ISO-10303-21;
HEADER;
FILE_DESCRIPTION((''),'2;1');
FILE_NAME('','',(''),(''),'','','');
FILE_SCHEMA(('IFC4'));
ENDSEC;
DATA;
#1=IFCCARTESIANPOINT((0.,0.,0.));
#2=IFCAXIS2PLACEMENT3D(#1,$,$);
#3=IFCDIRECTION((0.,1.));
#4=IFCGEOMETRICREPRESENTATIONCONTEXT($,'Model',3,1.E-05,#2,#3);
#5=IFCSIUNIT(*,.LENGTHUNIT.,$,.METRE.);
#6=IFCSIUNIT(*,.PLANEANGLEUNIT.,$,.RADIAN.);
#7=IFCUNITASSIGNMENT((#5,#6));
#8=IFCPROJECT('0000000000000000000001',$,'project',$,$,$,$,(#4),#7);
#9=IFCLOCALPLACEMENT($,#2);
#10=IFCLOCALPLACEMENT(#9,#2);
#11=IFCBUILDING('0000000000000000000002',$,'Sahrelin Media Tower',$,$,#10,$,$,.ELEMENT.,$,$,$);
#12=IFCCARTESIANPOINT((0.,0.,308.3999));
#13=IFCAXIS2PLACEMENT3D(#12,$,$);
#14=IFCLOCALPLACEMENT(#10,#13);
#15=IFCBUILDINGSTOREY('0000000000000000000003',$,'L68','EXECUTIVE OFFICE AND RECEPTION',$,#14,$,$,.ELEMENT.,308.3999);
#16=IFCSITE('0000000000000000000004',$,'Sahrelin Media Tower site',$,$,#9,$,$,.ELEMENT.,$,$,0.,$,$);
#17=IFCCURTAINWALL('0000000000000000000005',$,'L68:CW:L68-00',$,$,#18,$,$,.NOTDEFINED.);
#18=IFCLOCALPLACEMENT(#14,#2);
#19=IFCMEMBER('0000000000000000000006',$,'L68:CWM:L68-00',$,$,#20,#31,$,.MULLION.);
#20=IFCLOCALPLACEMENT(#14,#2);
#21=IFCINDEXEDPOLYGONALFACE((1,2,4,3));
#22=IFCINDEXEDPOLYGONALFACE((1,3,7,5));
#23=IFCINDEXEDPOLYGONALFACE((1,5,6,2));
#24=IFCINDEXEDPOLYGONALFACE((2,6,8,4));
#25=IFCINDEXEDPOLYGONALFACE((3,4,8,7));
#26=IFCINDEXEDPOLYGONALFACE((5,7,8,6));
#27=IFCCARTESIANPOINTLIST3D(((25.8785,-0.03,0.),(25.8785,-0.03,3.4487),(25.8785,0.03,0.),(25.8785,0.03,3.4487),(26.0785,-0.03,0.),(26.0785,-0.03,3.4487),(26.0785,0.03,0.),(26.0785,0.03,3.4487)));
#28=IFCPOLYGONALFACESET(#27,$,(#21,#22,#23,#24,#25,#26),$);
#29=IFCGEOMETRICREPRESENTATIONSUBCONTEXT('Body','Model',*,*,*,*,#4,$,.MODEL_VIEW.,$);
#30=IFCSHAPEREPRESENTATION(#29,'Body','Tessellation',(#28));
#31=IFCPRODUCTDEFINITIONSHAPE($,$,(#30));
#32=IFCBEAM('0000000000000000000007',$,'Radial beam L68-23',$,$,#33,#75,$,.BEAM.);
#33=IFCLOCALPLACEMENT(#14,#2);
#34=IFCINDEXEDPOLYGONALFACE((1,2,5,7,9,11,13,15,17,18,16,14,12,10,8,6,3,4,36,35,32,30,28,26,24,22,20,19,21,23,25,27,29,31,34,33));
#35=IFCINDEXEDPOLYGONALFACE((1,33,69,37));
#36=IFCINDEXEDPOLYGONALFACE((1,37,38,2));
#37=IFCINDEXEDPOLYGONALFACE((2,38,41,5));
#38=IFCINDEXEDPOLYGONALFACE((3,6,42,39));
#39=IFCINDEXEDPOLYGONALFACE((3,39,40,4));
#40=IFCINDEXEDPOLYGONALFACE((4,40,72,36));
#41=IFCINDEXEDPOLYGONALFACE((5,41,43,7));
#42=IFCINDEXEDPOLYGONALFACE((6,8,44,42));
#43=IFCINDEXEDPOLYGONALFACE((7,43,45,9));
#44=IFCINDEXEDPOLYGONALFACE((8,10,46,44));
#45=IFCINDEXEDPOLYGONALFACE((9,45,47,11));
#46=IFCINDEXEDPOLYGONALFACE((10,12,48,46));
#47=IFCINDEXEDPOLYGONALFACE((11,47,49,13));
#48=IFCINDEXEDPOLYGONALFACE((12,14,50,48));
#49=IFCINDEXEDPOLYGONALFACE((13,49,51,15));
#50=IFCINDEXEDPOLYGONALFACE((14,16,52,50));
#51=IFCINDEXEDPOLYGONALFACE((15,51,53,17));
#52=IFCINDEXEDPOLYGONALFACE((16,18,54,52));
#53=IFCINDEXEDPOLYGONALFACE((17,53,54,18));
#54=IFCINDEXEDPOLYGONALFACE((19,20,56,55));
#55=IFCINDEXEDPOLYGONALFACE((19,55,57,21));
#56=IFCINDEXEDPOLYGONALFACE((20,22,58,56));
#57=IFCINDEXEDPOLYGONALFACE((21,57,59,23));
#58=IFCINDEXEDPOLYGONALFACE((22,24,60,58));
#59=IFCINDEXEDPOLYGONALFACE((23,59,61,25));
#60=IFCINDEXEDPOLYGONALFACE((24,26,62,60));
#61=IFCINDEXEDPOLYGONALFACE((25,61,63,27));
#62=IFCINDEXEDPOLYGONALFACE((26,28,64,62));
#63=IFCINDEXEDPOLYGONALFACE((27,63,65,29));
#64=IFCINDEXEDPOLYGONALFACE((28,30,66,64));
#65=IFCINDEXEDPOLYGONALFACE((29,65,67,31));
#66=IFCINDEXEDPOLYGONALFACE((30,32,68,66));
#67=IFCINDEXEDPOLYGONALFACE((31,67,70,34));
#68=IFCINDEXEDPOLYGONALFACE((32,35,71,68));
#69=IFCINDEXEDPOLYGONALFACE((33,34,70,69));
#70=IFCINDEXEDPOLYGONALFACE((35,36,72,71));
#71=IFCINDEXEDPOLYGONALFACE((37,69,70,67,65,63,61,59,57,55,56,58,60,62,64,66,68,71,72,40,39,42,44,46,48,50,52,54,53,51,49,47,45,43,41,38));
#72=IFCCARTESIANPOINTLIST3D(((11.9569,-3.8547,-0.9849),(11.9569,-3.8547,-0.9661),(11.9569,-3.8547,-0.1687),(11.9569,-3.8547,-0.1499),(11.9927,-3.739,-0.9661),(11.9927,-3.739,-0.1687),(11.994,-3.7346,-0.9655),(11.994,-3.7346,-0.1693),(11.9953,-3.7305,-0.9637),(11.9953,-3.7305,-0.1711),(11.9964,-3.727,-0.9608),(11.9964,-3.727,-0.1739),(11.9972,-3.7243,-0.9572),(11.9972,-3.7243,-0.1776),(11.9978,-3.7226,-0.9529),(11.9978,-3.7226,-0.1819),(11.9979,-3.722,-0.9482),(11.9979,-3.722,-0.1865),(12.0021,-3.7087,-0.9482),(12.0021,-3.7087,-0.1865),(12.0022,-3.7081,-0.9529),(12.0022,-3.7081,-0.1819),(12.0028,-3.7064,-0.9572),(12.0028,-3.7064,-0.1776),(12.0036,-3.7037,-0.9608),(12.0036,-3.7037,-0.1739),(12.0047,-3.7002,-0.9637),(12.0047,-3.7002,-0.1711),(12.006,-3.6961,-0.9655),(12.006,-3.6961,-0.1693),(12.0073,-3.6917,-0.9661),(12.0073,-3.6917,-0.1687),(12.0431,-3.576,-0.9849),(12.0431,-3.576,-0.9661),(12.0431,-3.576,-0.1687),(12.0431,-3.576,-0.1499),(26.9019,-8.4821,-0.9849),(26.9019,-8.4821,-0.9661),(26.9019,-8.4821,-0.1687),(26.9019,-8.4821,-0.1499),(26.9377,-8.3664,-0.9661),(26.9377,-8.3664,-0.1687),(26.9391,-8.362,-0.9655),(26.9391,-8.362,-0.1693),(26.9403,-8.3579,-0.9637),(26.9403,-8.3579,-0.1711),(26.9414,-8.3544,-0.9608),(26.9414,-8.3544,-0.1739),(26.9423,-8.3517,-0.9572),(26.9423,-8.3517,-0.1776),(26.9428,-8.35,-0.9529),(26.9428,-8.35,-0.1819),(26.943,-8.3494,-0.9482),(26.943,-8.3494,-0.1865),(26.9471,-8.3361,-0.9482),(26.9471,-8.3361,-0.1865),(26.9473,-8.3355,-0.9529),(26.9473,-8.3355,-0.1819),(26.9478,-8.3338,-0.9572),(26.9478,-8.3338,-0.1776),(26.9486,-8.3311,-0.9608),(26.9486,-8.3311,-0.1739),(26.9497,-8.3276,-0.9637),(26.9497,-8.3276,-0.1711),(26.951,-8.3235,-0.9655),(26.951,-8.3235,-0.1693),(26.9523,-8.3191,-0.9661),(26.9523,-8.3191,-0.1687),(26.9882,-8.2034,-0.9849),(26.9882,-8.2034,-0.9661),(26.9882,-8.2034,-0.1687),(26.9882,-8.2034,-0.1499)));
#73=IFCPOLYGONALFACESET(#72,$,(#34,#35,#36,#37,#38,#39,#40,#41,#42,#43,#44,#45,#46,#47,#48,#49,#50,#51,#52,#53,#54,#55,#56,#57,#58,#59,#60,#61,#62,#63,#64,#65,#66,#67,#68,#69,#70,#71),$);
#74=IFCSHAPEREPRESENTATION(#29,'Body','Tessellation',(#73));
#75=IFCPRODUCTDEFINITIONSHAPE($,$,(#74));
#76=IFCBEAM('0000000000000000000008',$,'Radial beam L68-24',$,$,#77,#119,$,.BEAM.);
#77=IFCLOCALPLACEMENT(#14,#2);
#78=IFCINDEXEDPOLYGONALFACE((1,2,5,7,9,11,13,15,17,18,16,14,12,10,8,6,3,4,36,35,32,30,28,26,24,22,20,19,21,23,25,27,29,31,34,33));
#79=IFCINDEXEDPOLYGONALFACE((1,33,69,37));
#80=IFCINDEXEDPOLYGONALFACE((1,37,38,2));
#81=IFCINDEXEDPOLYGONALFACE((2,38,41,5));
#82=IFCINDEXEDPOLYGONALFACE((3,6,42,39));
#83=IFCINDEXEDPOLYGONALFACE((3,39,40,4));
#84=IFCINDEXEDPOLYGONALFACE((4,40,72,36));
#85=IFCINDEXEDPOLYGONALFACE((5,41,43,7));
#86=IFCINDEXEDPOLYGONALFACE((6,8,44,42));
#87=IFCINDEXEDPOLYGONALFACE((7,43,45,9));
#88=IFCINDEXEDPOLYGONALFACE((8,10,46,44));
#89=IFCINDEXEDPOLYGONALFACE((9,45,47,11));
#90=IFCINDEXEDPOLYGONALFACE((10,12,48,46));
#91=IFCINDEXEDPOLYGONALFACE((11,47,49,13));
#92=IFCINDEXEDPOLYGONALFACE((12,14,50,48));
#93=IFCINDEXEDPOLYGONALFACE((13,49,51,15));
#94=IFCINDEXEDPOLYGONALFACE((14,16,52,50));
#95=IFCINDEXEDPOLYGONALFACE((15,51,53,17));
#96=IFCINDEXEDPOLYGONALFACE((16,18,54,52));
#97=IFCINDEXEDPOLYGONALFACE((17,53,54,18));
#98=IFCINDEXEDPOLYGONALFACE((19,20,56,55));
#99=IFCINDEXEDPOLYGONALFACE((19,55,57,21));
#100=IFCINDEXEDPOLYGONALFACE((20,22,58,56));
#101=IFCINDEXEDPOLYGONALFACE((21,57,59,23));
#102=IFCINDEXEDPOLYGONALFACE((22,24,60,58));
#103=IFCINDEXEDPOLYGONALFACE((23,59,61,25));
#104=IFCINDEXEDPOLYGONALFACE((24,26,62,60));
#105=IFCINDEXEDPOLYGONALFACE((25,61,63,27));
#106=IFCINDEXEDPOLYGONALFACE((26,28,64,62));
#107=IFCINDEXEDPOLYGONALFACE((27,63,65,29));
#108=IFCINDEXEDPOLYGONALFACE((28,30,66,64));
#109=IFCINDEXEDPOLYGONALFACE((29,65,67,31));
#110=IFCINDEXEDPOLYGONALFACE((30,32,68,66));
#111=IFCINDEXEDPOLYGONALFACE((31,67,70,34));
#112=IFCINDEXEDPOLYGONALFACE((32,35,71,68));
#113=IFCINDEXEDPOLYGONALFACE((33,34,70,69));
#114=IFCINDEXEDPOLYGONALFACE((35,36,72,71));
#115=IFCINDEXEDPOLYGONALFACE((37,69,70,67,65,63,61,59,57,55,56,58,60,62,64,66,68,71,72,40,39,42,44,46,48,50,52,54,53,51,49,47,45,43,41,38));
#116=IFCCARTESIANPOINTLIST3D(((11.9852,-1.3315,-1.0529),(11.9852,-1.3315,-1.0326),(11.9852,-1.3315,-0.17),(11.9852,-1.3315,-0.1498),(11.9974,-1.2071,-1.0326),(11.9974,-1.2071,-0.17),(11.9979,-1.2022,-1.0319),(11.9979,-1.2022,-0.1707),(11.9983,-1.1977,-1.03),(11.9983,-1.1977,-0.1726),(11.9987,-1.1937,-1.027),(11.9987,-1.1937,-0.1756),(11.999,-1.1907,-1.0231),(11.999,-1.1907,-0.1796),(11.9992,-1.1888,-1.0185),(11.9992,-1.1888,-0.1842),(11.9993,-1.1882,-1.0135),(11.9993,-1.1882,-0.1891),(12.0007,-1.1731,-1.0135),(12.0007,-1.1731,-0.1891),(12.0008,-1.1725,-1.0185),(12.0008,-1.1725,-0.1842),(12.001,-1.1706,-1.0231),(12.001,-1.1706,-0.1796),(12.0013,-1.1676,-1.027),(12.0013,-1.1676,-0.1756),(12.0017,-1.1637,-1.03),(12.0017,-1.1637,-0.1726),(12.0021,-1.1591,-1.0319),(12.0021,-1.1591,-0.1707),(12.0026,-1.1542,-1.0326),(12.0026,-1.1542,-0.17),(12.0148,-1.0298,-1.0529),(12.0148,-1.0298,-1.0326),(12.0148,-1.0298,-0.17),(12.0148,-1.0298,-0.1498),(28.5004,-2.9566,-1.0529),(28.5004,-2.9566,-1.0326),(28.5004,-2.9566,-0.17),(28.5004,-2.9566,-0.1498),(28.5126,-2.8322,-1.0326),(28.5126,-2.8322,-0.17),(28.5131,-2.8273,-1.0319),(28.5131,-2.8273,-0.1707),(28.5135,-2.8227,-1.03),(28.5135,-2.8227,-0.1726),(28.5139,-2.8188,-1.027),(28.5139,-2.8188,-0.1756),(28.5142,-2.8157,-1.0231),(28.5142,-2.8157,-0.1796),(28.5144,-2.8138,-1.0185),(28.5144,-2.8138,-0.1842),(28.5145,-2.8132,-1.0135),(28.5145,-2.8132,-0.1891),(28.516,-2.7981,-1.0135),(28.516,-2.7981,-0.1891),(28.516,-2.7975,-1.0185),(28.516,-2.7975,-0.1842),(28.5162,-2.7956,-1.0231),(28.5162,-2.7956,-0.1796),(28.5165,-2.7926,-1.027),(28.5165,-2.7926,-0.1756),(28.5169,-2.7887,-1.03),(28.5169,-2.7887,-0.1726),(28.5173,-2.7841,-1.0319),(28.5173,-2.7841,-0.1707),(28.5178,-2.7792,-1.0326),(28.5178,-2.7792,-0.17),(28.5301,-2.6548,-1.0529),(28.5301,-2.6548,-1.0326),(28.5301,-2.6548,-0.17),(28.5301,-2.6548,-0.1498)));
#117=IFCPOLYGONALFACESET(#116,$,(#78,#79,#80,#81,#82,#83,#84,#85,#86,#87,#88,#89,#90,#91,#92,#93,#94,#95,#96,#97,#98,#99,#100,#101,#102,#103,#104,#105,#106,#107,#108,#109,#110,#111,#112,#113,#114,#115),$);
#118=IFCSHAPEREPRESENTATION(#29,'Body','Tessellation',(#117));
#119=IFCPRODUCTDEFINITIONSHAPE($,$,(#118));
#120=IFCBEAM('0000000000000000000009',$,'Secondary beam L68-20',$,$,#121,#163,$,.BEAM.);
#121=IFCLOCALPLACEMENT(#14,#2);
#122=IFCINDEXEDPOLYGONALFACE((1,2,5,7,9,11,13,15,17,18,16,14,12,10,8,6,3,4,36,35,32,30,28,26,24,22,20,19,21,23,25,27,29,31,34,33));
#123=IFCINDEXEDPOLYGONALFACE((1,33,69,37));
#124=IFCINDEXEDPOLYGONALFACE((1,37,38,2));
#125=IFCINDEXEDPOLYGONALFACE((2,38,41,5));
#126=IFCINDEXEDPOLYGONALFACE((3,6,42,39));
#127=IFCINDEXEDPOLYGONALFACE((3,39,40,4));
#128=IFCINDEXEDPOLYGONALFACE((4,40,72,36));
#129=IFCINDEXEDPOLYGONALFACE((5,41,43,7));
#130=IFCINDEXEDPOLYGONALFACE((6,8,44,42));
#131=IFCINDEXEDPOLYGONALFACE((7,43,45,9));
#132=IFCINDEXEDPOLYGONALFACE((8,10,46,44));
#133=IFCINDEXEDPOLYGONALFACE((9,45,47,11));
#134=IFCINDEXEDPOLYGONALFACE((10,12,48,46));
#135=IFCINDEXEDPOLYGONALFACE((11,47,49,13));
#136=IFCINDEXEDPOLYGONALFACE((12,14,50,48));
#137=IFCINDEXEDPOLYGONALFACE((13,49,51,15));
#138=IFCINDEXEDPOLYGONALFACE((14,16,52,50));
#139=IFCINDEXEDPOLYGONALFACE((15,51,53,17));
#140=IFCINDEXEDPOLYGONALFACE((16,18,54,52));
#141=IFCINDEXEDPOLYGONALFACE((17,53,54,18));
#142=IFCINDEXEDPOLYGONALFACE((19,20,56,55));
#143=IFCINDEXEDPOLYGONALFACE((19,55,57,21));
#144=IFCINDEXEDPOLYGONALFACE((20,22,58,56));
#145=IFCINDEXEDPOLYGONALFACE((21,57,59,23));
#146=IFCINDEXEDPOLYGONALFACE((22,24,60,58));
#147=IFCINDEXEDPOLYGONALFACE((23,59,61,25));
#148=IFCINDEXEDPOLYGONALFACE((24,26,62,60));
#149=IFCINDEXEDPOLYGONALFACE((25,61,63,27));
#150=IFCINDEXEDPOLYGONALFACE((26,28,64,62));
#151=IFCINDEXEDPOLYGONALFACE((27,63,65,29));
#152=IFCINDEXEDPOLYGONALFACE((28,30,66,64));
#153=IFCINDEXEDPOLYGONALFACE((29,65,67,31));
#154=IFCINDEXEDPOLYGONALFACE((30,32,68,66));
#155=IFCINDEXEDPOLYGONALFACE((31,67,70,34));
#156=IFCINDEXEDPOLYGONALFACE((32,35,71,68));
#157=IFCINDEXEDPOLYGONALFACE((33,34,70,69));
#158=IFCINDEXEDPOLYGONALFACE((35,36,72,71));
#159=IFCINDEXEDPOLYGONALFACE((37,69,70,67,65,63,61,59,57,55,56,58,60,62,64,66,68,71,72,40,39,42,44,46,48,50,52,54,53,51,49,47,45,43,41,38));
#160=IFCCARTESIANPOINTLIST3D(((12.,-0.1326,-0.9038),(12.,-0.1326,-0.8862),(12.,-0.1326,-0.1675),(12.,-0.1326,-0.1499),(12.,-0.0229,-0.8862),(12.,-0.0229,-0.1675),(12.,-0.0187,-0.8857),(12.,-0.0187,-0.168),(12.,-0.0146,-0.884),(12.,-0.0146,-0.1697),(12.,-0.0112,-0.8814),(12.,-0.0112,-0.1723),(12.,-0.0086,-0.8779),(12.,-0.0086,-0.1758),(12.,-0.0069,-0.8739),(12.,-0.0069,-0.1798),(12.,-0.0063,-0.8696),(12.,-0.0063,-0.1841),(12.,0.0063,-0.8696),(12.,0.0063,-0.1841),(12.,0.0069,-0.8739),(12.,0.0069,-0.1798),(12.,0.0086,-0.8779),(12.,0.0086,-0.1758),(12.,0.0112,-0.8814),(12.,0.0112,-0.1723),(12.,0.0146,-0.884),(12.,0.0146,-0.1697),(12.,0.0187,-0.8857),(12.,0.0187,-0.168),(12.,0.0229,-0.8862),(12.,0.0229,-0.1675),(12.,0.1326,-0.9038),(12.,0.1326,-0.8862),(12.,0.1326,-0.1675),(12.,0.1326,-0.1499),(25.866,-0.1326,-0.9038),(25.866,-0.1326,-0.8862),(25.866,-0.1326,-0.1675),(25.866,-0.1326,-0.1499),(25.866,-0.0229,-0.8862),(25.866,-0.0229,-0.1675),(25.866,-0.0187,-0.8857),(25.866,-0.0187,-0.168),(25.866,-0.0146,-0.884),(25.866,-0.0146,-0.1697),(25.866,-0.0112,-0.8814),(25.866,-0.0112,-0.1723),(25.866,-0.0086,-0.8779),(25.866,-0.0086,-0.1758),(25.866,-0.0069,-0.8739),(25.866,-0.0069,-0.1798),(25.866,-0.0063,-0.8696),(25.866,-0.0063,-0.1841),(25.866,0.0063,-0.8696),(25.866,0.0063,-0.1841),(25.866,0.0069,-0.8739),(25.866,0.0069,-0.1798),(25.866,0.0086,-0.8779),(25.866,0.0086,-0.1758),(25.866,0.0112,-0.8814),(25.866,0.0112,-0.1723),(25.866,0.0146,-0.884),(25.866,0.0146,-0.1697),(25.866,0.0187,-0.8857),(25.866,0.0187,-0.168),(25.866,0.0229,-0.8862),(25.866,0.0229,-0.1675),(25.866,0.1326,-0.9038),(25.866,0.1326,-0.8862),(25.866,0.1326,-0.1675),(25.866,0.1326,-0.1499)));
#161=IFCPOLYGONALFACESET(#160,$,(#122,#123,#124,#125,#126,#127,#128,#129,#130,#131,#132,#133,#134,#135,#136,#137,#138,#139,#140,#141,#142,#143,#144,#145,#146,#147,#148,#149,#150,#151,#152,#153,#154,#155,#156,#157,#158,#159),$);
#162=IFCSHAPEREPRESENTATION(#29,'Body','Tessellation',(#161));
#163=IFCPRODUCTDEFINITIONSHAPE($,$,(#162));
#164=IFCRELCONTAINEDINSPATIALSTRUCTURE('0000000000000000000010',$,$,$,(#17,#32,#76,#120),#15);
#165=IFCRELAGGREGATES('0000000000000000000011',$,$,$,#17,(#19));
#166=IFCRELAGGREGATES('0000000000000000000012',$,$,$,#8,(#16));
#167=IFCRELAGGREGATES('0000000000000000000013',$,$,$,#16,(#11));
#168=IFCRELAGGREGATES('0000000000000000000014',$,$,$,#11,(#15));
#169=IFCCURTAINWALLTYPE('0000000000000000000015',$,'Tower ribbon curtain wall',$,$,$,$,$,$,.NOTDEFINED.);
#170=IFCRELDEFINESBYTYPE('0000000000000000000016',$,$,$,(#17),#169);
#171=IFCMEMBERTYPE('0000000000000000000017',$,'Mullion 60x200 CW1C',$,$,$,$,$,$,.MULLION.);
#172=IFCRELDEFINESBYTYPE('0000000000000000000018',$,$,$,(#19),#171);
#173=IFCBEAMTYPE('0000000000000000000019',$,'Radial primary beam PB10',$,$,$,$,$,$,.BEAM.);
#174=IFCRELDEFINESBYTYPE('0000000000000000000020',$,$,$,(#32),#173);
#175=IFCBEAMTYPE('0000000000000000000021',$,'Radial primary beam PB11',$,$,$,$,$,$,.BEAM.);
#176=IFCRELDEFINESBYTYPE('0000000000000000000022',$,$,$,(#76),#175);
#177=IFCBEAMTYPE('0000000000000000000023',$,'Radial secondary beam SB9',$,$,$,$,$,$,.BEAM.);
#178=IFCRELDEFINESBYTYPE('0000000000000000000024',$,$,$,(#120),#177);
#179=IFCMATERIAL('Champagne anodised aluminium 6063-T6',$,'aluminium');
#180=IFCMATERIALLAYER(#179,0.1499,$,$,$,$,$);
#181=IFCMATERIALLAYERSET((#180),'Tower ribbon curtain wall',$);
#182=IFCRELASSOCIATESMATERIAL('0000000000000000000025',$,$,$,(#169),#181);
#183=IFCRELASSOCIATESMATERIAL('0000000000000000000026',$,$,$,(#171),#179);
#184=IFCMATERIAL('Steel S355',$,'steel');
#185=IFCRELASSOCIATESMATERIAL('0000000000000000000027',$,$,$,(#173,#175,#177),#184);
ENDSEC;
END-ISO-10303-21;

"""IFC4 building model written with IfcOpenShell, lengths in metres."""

from ifc_helpers import new_model, si_unit, direction, frame, origin, origin_2d, place, context, subcontext, project, spatial, rectangle, i_section, extrude, material, layer, layer_set, material_profile, profile_set, type_object, element, aggregate, save


model = new_model("IFC4")

# Units and contexts
model_context = context("Model", 3, precision=1e-05, world=origin(), true_north=direction((0.0, 1.0)))
body_context = subcontext(model_context, "Body", "Model", "MODEL_VIEW")
ifc_project = project(units=[si_unit("LENGTHUNIT", "METRE"), si_unit("PLANEANGLEUNIT", "RADIAN")], contexts=[model_context])

# Site, building, storey
site_placement = place(None, origin())
site = spatial("IfcSite", under=ifc_project, at=site_placement, Name="Sahrelin Media Tower site", CompositionType="ELEMENT", RefElevation=0.0)
building_placement = place(site_placement, origin())
building = spatial("IfcBuilding", under=site, at=building_placement, Name="Sahrelin Media Tower", CompositionType="ELEMENT")
storey_placement = place(building_placement, frame((0.0, 0.0, 308.3999)))
storey = spatial("IfcBuildingStorey", under=building, at=storey_placement, Name="L68", Description="EXECUTIVE OFFICE AND RECEPTION", CompositionType="ELEMENT", Elevation=308.3999)

# Curtain wall, member
ifc_material_1 = material(Name="Champagne anodised aluminium 6063-T6", Category="aluminium")
ifc_layer_1 = layer(ifc_material_1, 0.1499)
ifc_layer_set_1 = layer_set([ifc_layer_1], Name="Tower ribbon curtain wall")
curtain_wall_type = type_object("IfcCurtainWallType", Name="Tower ribbon curtain wall", PredefinedType="NOTDEFINED", material=ifc_layer_set_1)
curtain_wall_placement = place(storey_placement, frame((26.0984, 0.0, 0.0), z_axis=(0.0, 0.0, 1.0), x_axis=(1.0, 0.0, 0.0)))
curtain_wall = element("IfcCurtainWall", 1, at=curtain_wall_placement, inside=storey, type_object=curtain_wall_type, Name="L68:CW:L68-00", PredefinedType="NOTDEFINED")
ifc_material_profile_1 = material_profile(ifc_material_1, rectangle(XDim=0.0601, YDim=0.2, at=origin_2d()), Name="Mullion 60x200")
ifc_profile_set_1 = profile_set([ifc_material_profile_1], Name="Champagne anodised aluminium 6063-T6")
member_type_1 = type_object("IfcMemberType", Name="Mullion 60x200 CW1C", PredefinedType="MULLION", material=ifc_profile_set_1)
member_1_placement = place(storey_placement, frame((25.9785, 0.0, 0.0), z_axis=(0.0, 0.0, 1.0), x_axis=(0.0, 1.0, 0.0)))
member_1 = element("IfcMember", 2, at=member_1_placement, type_object=member_type_1, Name="L68:CWM:L68-00", PredefinedType="MULLION", context=body_context, shape_type="SweptSolid", body=[
    extrude(rectangle(XDim=0.0601, YDim=0.2, at=origin_2d()), origin(), (0.0, 0.0, 1.0), 3.4487),
])

# Beams
ifc_material_2 = material(Name="Steel S355", Category="steel")
ifc_material_profile_2 = material_profile(ifc_material_2, i_section(OverallWidth=0.2917, OverallDepth=0.835, WebThickness=0.0139, FlangeThickness=0.0188, FilletRadius=0.0178, at=origin_2d()), Name="UB 838x292x176")
ifc_profile_set_2 = profile_set([ifc_material_profile_2], Name="Steel S355")
beam_type_1 = type_object("IfcBeamType", Name="Radial primary beam PB10", PredefinedType="BEAM", material=ifc_profile_set_2)
beam_1_placement = place(storey_placement, frame((12.0, -3.7153, -0.5674), z_axis=(0.955257, -0.295776, 0.0), x_axis=(0.295776, 0.955257, 0.0)))
element("IfcBeam", 3, at=beam_1_placement, inside=storey, type_object=beam_type_1, Name="Radial beam L68-23", PredefinedType="BEAM", context=body_context, shape_type="SweptSolid", body=[
    extrude(i_section(OverallWidth=0.2917, OverallDepth=0.835, WebThickness=0.0139, FlangeThickness=0.0188, FilletRadius=0.0178, at=origin_2d()), origin(), (0.0, 0.0, 1.0), 15.645),
])
ifc_material_profile_3 = material_profile(ifc_material_2, i_section(OverallWidth=0.3032, OverallDepth=0.9031, WebThickness=0.0151, FlangeThickness=0.0203, FilletRadius=0.019, at=origin_2d()), Name="UB 914x305x201")
ifc_profile_set_3 = profile_set([ifc_material_profile_3], Name="Steel S355")
beam_type_2 = type_object("IfcBeamType", Name="Radial primary beam PB11", PredefinedType="BEAM", material=ifc_profile_set_3)
beam_2_placement = place(storey_placement, frame((12.0, -1.1807, -0.6013), z_axis=(0.995194, -0.097922, 0.0), x_axis=(0.097922, 0.995194, 0.0)))
element("IfcBeam", 4, at=beam_2_placement, inside=storey, type_object=beam_type_2, Name="Radial beam L68-24", PredefinedType="BEAM", context=body_context, shape_type="SweptSolid", body=[
    extrude(i_section(OverallWidth=0.3032, OverallDepth=0.9031, WebThickness=0.0151, FlangeThickness=0.0203, FilletRadius=0.019, at=origin_2d()), origin(), (0.0, 0.0, 1.0), 16.595),
])
ifc_material_profile_4 = material_profile(ifc_material_2, i_section(OverallWidth=0.2651, OverallDepth=0.7539, WebThickness=0.0127, FlangeThickness=0.0176, FilletRadius=0.0166, at=origin_2d()), Name="UB 762x267x147")
ifc_profile_set_4 = profile_set([ifc_material_profile_4], Name="Steel S355")
beam_type_3 = type_object("IfcBeamType", Name="Radial secondary beam SB9", PredefinedType="BEAM", material=ifc_profile_set_4)
beam_3_placement = place(storey_placement, frame((12.0, 0.0, -0.5269), z_axis=(1.0, 0.0, 0.0), x_axis=(0.0, 1.0, 0.0)))
element("IfcBeam", 5, at=beam_3_placement, inside=storey, type_object=beam_type_3, Name="Secondary beam L68-20", PredefinedType="BEAM", context=body_context, shape_type="SweptSolid", body=[
    extrude(i_section(OverallWidth=0.2651, OverallDepth=0.7539, WebThickness=0.0127, FlangeThickness=0.0176, FilletRadius=0.0166, at=origin_2d()), origin(), (0.0, 0.0, 1.0), 13.866),
])

aggregate(curtain_wall, [member_1])

save(model, "model.ifc")
